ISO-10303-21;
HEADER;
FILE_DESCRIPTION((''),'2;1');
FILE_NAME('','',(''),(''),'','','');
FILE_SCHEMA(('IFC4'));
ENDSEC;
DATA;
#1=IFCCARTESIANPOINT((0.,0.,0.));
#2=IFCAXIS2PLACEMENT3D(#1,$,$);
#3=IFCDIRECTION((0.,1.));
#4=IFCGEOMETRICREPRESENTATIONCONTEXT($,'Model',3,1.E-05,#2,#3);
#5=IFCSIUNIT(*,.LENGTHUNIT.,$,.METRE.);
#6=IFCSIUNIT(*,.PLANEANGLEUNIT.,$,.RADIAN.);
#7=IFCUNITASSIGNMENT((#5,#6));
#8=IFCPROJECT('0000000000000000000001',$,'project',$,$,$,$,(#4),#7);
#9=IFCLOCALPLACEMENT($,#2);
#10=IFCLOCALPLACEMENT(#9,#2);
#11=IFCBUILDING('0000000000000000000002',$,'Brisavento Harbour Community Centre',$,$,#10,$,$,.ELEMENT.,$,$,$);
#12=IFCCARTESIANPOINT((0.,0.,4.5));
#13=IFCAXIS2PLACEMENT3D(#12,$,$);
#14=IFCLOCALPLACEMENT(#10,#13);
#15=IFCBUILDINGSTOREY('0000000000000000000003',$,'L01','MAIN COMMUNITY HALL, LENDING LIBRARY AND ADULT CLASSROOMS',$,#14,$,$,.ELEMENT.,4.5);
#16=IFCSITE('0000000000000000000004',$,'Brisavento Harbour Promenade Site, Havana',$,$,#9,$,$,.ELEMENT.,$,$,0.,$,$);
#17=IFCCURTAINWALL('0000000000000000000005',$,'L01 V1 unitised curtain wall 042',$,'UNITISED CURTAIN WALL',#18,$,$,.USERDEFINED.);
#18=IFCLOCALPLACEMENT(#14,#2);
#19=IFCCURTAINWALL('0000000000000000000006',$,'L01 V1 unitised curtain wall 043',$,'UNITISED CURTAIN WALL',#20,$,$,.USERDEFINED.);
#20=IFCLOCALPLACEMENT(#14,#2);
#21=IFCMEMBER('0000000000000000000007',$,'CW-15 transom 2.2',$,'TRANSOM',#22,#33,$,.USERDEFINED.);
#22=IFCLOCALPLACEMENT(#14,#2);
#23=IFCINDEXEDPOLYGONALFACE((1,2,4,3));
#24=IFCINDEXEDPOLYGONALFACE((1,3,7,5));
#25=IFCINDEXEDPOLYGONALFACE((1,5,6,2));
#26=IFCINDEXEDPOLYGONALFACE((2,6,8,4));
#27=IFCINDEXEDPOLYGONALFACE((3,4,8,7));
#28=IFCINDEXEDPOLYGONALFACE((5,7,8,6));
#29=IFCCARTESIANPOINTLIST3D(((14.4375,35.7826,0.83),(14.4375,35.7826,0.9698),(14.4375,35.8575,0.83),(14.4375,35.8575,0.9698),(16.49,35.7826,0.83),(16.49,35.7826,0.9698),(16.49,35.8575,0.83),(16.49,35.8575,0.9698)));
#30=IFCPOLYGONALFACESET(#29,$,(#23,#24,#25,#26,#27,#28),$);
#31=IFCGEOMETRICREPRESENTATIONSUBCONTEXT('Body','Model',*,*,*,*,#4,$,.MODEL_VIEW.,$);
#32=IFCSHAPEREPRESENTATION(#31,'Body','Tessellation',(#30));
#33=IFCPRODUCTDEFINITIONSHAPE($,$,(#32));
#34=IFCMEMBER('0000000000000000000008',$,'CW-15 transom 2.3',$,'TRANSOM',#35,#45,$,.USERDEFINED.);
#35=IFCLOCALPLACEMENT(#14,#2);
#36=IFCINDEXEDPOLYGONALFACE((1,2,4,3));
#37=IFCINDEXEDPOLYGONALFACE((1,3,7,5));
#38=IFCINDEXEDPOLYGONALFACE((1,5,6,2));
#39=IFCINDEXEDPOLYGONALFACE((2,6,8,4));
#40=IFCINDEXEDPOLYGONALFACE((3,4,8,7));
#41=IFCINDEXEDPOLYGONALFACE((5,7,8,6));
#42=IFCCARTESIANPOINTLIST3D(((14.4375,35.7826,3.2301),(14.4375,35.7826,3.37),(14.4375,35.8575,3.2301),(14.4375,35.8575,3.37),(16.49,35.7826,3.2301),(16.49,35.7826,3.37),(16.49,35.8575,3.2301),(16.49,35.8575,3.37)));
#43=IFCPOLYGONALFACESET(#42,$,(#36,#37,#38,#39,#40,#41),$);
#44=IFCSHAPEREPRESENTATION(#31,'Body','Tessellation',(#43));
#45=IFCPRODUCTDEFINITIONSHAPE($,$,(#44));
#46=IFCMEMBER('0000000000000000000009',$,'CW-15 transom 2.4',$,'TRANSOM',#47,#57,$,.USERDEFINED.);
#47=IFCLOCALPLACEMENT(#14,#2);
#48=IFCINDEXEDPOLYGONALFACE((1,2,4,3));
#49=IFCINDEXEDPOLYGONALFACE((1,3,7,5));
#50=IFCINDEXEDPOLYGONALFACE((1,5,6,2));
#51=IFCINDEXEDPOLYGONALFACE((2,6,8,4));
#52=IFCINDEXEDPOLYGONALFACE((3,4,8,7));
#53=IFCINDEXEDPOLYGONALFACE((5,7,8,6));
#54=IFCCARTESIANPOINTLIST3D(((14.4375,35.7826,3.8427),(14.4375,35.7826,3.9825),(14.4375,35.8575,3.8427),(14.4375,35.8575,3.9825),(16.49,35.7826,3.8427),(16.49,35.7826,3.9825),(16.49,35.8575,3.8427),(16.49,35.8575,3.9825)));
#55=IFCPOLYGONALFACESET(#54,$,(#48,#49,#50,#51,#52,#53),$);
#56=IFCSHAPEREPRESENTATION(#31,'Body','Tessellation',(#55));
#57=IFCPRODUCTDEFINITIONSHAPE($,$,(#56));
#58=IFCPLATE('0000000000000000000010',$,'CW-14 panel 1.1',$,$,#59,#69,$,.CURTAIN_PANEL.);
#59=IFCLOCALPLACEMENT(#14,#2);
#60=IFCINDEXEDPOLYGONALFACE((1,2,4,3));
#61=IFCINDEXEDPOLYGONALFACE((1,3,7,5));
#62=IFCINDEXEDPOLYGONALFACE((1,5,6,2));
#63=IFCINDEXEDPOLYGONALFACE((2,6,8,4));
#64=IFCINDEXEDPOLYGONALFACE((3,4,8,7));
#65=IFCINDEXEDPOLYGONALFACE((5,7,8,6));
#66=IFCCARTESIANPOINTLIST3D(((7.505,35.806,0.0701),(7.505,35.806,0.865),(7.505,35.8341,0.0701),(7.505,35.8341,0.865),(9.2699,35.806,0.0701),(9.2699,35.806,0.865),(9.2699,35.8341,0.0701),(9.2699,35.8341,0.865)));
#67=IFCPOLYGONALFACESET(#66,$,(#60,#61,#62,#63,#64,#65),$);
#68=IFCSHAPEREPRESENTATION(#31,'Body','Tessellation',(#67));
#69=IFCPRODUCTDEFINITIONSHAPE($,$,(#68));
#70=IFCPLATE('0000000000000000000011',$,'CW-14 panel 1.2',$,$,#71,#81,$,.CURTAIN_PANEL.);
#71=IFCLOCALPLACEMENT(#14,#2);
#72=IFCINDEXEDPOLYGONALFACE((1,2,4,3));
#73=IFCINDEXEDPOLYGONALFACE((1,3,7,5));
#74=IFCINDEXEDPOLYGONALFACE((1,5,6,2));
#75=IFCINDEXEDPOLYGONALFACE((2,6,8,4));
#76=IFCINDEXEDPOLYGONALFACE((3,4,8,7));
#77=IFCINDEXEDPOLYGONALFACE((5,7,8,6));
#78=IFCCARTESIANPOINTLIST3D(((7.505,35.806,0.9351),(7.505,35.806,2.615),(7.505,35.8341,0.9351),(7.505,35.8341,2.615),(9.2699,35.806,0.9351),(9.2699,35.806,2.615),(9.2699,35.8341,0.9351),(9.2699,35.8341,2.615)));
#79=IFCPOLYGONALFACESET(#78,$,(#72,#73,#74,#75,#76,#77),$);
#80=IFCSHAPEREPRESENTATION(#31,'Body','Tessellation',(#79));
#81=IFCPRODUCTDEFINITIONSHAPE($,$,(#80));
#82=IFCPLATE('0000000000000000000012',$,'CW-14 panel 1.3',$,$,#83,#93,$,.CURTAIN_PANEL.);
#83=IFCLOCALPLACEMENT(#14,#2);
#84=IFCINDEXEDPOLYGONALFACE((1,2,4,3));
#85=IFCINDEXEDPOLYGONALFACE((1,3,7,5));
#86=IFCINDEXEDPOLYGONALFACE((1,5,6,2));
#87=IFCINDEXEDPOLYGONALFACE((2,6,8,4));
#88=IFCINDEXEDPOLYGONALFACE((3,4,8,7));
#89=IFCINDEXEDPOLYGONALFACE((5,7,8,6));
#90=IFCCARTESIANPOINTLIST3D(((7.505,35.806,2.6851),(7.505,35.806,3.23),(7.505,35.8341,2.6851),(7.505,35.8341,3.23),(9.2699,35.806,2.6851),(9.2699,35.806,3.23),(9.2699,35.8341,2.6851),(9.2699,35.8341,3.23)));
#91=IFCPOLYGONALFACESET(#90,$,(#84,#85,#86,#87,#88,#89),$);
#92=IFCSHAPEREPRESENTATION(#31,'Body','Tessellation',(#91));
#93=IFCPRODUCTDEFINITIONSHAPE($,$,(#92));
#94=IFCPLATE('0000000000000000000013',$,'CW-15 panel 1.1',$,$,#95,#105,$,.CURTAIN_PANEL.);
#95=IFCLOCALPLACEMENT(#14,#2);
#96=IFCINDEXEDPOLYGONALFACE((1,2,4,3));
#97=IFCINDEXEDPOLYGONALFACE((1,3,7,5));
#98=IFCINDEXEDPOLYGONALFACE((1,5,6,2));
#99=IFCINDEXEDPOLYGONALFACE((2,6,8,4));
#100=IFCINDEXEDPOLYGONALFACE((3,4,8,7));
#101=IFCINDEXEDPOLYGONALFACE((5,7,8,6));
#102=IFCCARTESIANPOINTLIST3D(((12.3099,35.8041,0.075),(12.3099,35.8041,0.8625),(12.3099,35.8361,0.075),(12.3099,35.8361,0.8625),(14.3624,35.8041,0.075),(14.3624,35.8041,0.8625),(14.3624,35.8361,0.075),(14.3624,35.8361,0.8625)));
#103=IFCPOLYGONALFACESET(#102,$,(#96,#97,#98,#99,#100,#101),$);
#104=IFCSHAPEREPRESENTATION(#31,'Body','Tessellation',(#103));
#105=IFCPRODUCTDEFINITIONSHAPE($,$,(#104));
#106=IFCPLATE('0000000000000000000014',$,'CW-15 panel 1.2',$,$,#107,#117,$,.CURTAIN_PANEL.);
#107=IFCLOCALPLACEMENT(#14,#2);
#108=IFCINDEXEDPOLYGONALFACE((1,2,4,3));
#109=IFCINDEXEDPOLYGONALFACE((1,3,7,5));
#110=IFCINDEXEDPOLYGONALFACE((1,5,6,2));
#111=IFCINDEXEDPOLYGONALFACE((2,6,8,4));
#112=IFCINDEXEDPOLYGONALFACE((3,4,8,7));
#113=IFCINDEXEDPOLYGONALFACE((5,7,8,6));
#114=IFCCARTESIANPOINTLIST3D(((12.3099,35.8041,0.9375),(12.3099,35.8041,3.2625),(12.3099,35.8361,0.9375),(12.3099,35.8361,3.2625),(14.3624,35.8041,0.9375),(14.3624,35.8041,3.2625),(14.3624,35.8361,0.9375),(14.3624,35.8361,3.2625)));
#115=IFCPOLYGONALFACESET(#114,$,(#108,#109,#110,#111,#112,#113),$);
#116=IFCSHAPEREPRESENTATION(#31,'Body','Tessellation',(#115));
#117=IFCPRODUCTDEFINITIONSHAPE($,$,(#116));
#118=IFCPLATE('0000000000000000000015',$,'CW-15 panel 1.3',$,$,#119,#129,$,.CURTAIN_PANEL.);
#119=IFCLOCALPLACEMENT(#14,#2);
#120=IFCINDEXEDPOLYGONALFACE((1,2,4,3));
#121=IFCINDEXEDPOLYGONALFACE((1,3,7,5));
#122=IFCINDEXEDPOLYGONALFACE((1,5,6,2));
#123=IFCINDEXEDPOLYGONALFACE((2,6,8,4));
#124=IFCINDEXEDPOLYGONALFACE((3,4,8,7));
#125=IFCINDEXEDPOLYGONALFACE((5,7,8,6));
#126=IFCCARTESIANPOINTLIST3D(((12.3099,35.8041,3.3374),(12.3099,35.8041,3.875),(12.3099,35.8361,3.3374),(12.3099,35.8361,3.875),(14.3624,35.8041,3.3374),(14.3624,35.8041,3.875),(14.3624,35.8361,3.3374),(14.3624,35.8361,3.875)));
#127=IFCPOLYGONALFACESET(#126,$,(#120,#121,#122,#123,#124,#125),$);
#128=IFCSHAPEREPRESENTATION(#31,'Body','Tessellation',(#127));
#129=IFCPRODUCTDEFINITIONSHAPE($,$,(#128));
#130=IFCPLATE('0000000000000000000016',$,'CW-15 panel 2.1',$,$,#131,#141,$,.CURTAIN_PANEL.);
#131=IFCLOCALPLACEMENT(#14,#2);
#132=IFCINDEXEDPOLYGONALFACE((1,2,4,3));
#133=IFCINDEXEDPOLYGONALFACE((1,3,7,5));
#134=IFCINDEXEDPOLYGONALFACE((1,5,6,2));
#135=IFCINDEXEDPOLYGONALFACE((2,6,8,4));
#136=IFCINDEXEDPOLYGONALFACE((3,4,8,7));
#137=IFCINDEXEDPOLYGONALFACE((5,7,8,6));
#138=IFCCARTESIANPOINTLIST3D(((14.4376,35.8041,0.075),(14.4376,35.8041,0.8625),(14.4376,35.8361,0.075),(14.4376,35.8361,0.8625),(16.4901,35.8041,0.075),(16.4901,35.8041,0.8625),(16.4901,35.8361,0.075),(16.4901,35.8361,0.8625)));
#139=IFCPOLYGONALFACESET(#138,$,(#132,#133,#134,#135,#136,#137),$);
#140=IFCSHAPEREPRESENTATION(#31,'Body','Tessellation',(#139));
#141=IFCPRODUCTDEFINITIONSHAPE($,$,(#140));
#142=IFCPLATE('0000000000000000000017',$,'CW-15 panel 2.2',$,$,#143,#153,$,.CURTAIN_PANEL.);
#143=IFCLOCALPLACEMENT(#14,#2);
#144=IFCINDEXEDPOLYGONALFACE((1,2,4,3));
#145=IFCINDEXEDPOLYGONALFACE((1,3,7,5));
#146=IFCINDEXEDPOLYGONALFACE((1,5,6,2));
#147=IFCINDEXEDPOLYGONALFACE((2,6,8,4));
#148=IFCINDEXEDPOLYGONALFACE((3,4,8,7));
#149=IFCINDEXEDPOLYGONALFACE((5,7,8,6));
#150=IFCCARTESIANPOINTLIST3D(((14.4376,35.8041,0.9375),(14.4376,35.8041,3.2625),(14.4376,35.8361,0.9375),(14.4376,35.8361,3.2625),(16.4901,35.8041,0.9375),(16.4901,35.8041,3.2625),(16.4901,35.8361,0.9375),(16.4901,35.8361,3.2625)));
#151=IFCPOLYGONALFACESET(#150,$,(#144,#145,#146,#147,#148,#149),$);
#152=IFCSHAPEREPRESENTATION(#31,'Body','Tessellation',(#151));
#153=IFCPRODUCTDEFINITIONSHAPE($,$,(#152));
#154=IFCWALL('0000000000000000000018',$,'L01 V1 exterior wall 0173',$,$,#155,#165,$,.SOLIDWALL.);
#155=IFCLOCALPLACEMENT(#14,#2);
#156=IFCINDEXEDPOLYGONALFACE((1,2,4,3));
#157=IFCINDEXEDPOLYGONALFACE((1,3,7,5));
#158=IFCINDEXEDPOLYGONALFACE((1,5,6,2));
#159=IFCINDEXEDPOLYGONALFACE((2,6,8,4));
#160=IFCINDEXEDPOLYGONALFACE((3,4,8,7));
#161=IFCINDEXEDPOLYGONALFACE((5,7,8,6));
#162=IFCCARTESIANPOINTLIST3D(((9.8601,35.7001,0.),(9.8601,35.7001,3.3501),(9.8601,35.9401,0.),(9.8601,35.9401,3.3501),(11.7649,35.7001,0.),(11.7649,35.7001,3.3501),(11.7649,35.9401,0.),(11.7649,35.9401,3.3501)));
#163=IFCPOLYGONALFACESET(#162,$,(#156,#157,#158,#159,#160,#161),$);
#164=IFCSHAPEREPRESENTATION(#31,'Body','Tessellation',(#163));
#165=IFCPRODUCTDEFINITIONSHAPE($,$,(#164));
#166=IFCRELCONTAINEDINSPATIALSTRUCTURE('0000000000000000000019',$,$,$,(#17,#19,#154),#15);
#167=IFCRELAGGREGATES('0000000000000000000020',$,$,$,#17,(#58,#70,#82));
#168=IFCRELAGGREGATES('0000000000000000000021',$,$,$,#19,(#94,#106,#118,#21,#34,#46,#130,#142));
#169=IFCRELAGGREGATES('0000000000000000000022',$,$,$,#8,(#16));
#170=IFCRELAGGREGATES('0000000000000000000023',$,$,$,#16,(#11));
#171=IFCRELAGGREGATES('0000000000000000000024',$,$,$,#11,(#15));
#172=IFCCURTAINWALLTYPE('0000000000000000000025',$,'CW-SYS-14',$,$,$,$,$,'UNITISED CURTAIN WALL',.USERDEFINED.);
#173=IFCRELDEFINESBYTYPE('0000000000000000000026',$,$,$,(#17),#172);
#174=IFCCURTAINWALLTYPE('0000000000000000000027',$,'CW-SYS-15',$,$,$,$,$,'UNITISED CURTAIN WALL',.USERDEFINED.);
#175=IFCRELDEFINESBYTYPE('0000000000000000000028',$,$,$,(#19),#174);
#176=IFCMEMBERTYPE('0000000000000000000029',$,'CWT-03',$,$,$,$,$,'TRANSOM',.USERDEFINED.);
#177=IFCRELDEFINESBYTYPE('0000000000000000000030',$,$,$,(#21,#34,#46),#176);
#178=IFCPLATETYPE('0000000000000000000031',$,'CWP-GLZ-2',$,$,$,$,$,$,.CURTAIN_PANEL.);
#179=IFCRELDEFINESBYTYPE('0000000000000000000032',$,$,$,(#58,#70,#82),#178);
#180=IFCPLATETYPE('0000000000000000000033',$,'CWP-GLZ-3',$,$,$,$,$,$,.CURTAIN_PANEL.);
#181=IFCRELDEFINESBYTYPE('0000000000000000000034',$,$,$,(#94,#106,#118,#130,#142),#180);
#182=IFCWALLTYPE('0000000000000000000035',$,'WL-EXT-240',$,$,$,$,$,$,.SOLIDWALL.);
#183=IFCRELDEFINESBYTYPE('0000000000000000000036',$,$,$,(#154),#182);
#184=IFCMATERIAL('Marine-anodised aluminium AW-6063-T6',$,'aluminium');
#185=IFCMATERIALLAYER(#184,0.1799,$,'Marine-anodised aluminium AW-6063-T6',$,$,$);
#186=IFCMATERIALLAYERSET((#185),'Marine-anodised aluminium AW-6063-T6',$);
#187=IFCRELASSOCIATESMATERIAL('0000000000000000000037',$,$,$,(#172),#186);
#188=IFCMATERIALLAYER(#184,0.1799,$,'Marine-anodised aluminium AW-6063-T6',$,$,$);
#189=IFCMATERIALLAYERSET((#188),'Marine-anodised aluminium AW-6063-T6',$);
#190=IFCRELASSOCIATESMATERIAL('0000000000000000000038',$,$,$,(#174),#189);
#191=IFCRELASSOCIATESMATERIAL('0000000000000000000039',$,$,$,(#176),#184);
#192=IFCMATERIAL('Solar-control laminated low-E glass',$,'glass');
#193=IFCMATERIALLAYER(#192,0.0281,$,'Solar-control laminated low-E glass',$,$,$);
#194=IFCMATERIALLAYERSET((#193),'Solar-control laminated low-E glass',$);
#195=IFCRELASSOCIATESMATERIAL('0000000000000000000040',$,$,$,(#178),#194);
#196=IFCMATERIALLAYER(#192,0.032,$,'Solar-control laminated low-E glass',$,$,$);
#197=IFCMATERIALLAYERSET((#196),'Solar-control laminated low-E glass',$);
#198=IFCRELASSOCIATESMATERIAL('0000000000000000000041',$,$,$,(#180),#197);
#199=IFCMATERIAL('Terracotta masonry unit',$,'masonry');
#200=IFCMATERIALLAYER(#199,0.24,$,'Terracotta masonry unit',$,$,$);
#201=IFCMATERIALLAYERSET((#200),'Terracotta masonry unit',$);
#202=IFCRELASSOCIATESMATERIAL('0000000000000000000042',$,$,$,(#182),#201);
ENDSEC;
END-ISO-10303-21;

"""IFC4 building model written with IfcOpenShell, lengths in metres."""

from ifc_helpers import new_model, si_unit, direction, frame, frame_2d, origin, origin_2d, place, context, subcontext, project, spatial, rectangle, extrude, material, layer, layer_set, material_profile, profile_set, type_object, element, aggregate, save


model = new_model("IFC4")

# Units and contexts
model_context = context("Model", 3, precision=1e-05, world=origin(), true_north=direction((0.0, 1.0)))
body_context = subcontext(model_context, "Body", "Model", "MODEL_VIEW")
ifc_project = project(units=[si_unit("LENGTHUNIT", "METRE"), si_unit("PLANEANGLEUNIT", "RADIAN")], contexts=[model_context])

# Site, building, storey
site_placement = place(None, origin())
site = spatial("IfcSite", under=ifc_project, at=site_placement, Name="Brisavento Harbour Promenade Site, Havana", CompositionType="ELEMENT", RefElevation=0.0)
building_placement = place(site_placement, origin())
building = spatial("IfcBuilding", under=site, at=building_placement, Name="Brisavento Harbour Community Centre", CompositionType="ELEMENT")
storey_placement = place(building_placement, frame((0.0, 0.0, 4.5)))
storey = spatial("IfcBuildingStorey", under=building, at=storey_placement, Name="L01", Description="MAIN COMMUNITY HALL, LENDING LIBRARY AND ADULT CLASSROOMS", CompositionType="ELEMENT", Elevation=4.5)

# Shared definitions
ifc_material_1 = material(Name="Marine-anodised aluminium AW-6063-T6", Category="aluminium")

# Curtain walls
ifc_layer_1 = layer(ifc_material_1, 0.1799, Name="Marine-anodised aluminium AW-6063-T6")
ifc_layer_set_1 = layer_set([ifc_layer_1], Name="Marine-anodised aluminium AW-6063-T6")
curtain_wall_type_1 = type_object("IfcCurtainWallType", Name="CW-SYS-14", ElementType="UNITISED CURTAIN WALL", PredefinedType="USERDEFINED", material=ifc_layer_set_1)
curtain_wall_1_placement = place(storey_placement, origin())
curtain_wall_1 = element("IfcCurtainWall", 1, at=curtain_wall_1_placement, inside=storey, type_object=curtain_wall_type_1, Name="L01 V1 unitised curtain wall 042", ObjectType="UNITISED CURTAIN WALL", PredefinedType="USERDEFINED")
ifc_layer_2 = layer(ifc_material_1, 0.1799, Name="Marine-anodised aluminium AW-6063-T6")
ifc_layer_set_2 = layer_set([ifc_layer_2], Name="Marine-anodised aluminium AW-6063-T6")
curtain_wall_type_2 = type_object("IfcCurtainWallType", Name="CW-SYS-15", ElementType="UNITISED CURTAIN WALL", PredefinedType="USERDEFINED", material=ifc_layer_set_2)
curtain_wall_2_placement = place(storey_placement, origin())
curtain_wall_2 = element("IfcCurtainWall", 2, at=curtain_wall_2_placement, inside=storey, type_object=curtain_wall_type_2, Name="L01 V1 unitised curtain wall 043", ObjectType="UNITISED CURTAIN WALL", PredefinedType="USERDEFINED")

# Members
ifc_material_profile_1 = material_profile(ifc_material_1, rectangle(XDim=0.075, YDim=0.1399, at=origin_2d()), Name="Marine-anodised aluminium AW-6063-T6")
ifc_profile_set_1 = profile_set([ifc_material_profile_1], Name="Marine-anodised aluminium AW-6063-T6")
member_type_1 = type_object("IfcMemberType", Name="CWT-03", ElementType="TRANSOM", PredefinedType="USERDEFINED", material=ifc_profile_set_1)
member_1_placement = place(storey_placement, frame((14.4375, 35.8201, 0.8999), z_axis=(1.0, 0.0, 0.0), x_axis=(0.0, 1.0, 0.0)))
member_1 = element("IfcMember", 3, at=member_1_placement, type_object=member_type_1, Name="CW-15 transom 2.2", ObjectType="TRANSOM", PredefinedType="USERDEFINED", context=body_context, shape_type="SweptSolid", body=[
    extrude(rectangle(XDim=0.075, YDim=0.1399, at=origin_2d()), origin(), (0.0, 0.0, 1.0), 2.0525),
])
member_2_placement = place(storey_placement, frame((14.4375, 35.8201, 3.3), z_axis=(1.0, 0.0, 0.0), x_axis=(0.0, 1.0, 0.0)))
member_2 = element("IfcMember", 4, at=member_2_placement, type_object=member_type_1, Name="CW-15 transom 2.3", ObjectType="TRANSOM", PredefinedType="USERDEFINED", context=body_context, shape_type="SweptSolid", body=[
    extrude(rectangle(XDim=0.075, YDim=0.1399, at=origin_2d()), origin(), (0.0, 0.0, 1.0), 2.0525),
])
member_3_placement = place(storey_placement, frame((14.4375, 35.8201, 3.9126), z_axis=(1.0, 0.0, 0.0), x_axis=(0.0, 1.0, 0.0)))
member_3 = element("IfcMember", 5, at=member_3_placement, type_object=member_type_1, Name="CW-15 transom 2.4", ObjectType="TRANSOM", PredefinedType="USERDEFINED", context=body_context, shape_type="SweptSolid", body=[
    extrude(rectangle(XDim=0.075, YDim=0.1399, at=origin_2d()), origin(), (0.0, 0.0, 1.0), 2.0525),
])

# Plates
ifc_material_2 = material(Name="Solar-control laminated low-E glass", Category="glass")
ifc_layer_3 = layer(ifc_material_2, 0.0281, Name="Solar-control laminated low-E glass")
ifc_layer_set_3 = layer_set([ifc_layer_3], Name="Solar-control laminated low-E glass")
plate_type_1 = type_object("IfcPlateType", Name="CWP-GLZ-2", PredefinedType="CURTAIN_PANEL", material=ifc_layer_set_3)
plate_1_placement = place(storey_placement, frame((8.3875, 35.8201, 0.0701), z_axis=(0.0, 0.0, 1.0), x_axis=(1.0, 0.0, 0.0)))
plate_1 = element("IfcPlate", 6, at=plate_1_placement, type_object=plate_type_1, Name="CW-14 panel 1.1", PredefinedType="CURTAIN_PANEL", context=body_context, shape_type="SweptSolid", body=[
    extrude(rectangle(XDim=1.7649, YDim=0.0281, at=origin_2d()), origin(), (0.0, 0.0, 1.0), 0.7949),
])
plate_2_placement = place(storey_placement, frame((8.3875, 35.8201, 0.9351), z_axis=(0.0, 0.0, 1.0), x_axis=(1.0, 0.0, 0.0)))
plate_2 = element("IfcPlate", 7, at=plate_2_placement, type_object=plate_type_1, Name="CW-14 panel 1.2", PredefinedType="CURTAIN_PANEL", context=body_context, shape_type="SweptSolid", body=[
    extrude(rectangle(XDim=1.7649, YDim=0.0281, at=origin_2d()), origin(), (0.0, 0.0, 1.0), 1.6799),
])
plate_3_placement = place(storey_placement, frame((8.3875, 35.8201, 2.6851), z_axis=(0.0, 0.0, 1.0), x_axis=(1.0, 0.0, 0.0)))
plate_3 = element("IfcPlate", 8, at=plate_3_placement, type_object=plate_type_1, Name="CW-14 panel 1.3", PredefinedType="CURTAIN_PANEL", context=body_context, shape_type="SweptSolid", body=[
    extrude(rectangle(XDim=1.7649, YDim=0.0281, at=origin_2d()), origin(), (0.0, 0.0, 1.0), 0.5449),
])
aggregate(curtain_wall_1, [plate_1, plate_2, plate_3])
ifc_layer_4 = layer(ifc_material_2, 0.032, Name="Solar-control laminated low-E glass")
ifc_layer_set_4 = layer_set([ifc_layer_4], Name="Solar-control laminated low-E glass")
plate_type_2 = type_object("IfcPlateType", Name="CWP-GLZ-3", PredefinedType="CURTAIN_PANEL", material=ifc_layer_set_4)
plate_4_placement = place(storey_placement, frame((13.3362, 35.8201, 0.075), z_axis=(0.0, 0.0, 1.0), x_axis=(1.0, 0.0, 0.0)))
plate_4 = element("IfcPlate", 9, at=plate_4_placement, type_object=plate_type_2, Name="CW-15 panel 1.1", PredefinedType="CURTAIN_PANEL", context=body_context, shape_type="SweptSolid", body=[
    extrude(rectangle(XDim=2.0525, YDim=0.032, at=origin_2d()), origin(), (0.0, 0.0, 1.0), 0.7876),
])
plate_5_placement = place(storey_placement, frame((13.3362, 35.8201, 0.9375), z_axis=(0.0, 0.0, 1.0), x_axis=(1.0, 0.0, 0.0)))
plate_5 = element("IfcPlate", 10, at=plate_5_placement, type_object=plate_type_2, Name="CW-15 panel 1.2", PredefinedType="CURTAIN_PANEL", context=body_context, shape_type="SweptSolid", body=[
    extrude(rectangle(XDim=2.0525, YDim=0.032, at=origin_2d()), origin(), (0.0, 0.0, 1.0), 2.325),
])
plate_6_placement = place(storey_placement, frame((13.3362, 35.8201, 3.3374), z_axis=(0.0, 0.0, 1.0), x_axis=(1.0, 0.0, 0.0)))
plate_6 = element("IfcPlate", 11, at=plate_6_placement, type_object=plate_type_2, Name="CW-15 panel 1.3", PredefinedType="CURTAIN_PANEL", context=body_context, shape_type="SweptSolid", body=[
    extrude(rectangle(XDim=2.0525, YDim=0.032, at=origin_2d()), origin(), (0.0, 0.0, 1.0), 0.5376),
])
plate_7_placement = place(storey_placement, frame((15.4639, 35.8201, 0.075), z_axis=(0.0, 0.0, 1.0), x_axis=(1.0, 0.0, 0.0)))
plate_7 = element("IfcPlate", 12, at=plate_7_placement, type_object=plate_type_2, Name="CW-15 panel 2.1", PredefinedType="CURTAIN_PANEL", context=body_context, shape_type="SweptSolid", body=[
    extrude(rectangle(XDim=2.0525, YDim=0.032, at=origin_2d()), origin(), (0.0, 0.0, 1.0), 0.7876),
])
plate_8_placement = place(storey_placement, frame((15.4639, 35.8201, 0.9375), z_axis=(0.0, 0.0, 1.0), x_axis=(1.0, 0.0, 0.0)))
plate_8 = element("IfcPlate", 13, at=plate_8_placement, type_object=plate_type_2, Name="CW-15 panel 2.2", PredefinedType="CURTAIN_PANEL", context=body_context, shape_type="SweptSolid", body=[
    extrude(rectangle(XDim=2.0525, YDim=0.032, at=origin_2d()), origin(), (0.0, 0.0, 1.0), 2.325),
])
aggregate(curtain_wall_2, [plate_4, plate_5, plate_6, member_1, member_2, member_3, plate_7, plate_8])

# Wall
ifc_material_3 = material(Name="Terracotta masonry unit", Category="masonry")
ifc_layer_5 = layer(ifc_material_3, 0.24, Name="Terracotta masonry unit")
ifc_layer_set_5 = layer_set([ifc_layer_5], Name="Terracotta masonry unit")
wall_type = type_object("IfcWallType", Name="WL-EXT-240", PredefinedType="SOLIDWALL", material=ifc_layer_set_5)
wall_placement = place(storey_placement, frame((9.8601, 35.8201, 0.0), z_axis=(0.0, 0.0, 1.0), x_axis=(1.0, 0.0, 0.0)))
element("IfcWall", 14, at=wall_placement, inside=storey, type_object=wall_type, Name="L01 V1 exterior wall 0173", PredefinedType="SOLIDWALL", context=body_context, shape_type="SweptSolid", body=[
    extrude(rectangle(XDim=1.9048, YDim=0.24, at=frame_2d((0.9524, 0.0))), origin(), (0.0, 0.0, 1.0), 3.3501),
])

save(model, "model.ifc")
